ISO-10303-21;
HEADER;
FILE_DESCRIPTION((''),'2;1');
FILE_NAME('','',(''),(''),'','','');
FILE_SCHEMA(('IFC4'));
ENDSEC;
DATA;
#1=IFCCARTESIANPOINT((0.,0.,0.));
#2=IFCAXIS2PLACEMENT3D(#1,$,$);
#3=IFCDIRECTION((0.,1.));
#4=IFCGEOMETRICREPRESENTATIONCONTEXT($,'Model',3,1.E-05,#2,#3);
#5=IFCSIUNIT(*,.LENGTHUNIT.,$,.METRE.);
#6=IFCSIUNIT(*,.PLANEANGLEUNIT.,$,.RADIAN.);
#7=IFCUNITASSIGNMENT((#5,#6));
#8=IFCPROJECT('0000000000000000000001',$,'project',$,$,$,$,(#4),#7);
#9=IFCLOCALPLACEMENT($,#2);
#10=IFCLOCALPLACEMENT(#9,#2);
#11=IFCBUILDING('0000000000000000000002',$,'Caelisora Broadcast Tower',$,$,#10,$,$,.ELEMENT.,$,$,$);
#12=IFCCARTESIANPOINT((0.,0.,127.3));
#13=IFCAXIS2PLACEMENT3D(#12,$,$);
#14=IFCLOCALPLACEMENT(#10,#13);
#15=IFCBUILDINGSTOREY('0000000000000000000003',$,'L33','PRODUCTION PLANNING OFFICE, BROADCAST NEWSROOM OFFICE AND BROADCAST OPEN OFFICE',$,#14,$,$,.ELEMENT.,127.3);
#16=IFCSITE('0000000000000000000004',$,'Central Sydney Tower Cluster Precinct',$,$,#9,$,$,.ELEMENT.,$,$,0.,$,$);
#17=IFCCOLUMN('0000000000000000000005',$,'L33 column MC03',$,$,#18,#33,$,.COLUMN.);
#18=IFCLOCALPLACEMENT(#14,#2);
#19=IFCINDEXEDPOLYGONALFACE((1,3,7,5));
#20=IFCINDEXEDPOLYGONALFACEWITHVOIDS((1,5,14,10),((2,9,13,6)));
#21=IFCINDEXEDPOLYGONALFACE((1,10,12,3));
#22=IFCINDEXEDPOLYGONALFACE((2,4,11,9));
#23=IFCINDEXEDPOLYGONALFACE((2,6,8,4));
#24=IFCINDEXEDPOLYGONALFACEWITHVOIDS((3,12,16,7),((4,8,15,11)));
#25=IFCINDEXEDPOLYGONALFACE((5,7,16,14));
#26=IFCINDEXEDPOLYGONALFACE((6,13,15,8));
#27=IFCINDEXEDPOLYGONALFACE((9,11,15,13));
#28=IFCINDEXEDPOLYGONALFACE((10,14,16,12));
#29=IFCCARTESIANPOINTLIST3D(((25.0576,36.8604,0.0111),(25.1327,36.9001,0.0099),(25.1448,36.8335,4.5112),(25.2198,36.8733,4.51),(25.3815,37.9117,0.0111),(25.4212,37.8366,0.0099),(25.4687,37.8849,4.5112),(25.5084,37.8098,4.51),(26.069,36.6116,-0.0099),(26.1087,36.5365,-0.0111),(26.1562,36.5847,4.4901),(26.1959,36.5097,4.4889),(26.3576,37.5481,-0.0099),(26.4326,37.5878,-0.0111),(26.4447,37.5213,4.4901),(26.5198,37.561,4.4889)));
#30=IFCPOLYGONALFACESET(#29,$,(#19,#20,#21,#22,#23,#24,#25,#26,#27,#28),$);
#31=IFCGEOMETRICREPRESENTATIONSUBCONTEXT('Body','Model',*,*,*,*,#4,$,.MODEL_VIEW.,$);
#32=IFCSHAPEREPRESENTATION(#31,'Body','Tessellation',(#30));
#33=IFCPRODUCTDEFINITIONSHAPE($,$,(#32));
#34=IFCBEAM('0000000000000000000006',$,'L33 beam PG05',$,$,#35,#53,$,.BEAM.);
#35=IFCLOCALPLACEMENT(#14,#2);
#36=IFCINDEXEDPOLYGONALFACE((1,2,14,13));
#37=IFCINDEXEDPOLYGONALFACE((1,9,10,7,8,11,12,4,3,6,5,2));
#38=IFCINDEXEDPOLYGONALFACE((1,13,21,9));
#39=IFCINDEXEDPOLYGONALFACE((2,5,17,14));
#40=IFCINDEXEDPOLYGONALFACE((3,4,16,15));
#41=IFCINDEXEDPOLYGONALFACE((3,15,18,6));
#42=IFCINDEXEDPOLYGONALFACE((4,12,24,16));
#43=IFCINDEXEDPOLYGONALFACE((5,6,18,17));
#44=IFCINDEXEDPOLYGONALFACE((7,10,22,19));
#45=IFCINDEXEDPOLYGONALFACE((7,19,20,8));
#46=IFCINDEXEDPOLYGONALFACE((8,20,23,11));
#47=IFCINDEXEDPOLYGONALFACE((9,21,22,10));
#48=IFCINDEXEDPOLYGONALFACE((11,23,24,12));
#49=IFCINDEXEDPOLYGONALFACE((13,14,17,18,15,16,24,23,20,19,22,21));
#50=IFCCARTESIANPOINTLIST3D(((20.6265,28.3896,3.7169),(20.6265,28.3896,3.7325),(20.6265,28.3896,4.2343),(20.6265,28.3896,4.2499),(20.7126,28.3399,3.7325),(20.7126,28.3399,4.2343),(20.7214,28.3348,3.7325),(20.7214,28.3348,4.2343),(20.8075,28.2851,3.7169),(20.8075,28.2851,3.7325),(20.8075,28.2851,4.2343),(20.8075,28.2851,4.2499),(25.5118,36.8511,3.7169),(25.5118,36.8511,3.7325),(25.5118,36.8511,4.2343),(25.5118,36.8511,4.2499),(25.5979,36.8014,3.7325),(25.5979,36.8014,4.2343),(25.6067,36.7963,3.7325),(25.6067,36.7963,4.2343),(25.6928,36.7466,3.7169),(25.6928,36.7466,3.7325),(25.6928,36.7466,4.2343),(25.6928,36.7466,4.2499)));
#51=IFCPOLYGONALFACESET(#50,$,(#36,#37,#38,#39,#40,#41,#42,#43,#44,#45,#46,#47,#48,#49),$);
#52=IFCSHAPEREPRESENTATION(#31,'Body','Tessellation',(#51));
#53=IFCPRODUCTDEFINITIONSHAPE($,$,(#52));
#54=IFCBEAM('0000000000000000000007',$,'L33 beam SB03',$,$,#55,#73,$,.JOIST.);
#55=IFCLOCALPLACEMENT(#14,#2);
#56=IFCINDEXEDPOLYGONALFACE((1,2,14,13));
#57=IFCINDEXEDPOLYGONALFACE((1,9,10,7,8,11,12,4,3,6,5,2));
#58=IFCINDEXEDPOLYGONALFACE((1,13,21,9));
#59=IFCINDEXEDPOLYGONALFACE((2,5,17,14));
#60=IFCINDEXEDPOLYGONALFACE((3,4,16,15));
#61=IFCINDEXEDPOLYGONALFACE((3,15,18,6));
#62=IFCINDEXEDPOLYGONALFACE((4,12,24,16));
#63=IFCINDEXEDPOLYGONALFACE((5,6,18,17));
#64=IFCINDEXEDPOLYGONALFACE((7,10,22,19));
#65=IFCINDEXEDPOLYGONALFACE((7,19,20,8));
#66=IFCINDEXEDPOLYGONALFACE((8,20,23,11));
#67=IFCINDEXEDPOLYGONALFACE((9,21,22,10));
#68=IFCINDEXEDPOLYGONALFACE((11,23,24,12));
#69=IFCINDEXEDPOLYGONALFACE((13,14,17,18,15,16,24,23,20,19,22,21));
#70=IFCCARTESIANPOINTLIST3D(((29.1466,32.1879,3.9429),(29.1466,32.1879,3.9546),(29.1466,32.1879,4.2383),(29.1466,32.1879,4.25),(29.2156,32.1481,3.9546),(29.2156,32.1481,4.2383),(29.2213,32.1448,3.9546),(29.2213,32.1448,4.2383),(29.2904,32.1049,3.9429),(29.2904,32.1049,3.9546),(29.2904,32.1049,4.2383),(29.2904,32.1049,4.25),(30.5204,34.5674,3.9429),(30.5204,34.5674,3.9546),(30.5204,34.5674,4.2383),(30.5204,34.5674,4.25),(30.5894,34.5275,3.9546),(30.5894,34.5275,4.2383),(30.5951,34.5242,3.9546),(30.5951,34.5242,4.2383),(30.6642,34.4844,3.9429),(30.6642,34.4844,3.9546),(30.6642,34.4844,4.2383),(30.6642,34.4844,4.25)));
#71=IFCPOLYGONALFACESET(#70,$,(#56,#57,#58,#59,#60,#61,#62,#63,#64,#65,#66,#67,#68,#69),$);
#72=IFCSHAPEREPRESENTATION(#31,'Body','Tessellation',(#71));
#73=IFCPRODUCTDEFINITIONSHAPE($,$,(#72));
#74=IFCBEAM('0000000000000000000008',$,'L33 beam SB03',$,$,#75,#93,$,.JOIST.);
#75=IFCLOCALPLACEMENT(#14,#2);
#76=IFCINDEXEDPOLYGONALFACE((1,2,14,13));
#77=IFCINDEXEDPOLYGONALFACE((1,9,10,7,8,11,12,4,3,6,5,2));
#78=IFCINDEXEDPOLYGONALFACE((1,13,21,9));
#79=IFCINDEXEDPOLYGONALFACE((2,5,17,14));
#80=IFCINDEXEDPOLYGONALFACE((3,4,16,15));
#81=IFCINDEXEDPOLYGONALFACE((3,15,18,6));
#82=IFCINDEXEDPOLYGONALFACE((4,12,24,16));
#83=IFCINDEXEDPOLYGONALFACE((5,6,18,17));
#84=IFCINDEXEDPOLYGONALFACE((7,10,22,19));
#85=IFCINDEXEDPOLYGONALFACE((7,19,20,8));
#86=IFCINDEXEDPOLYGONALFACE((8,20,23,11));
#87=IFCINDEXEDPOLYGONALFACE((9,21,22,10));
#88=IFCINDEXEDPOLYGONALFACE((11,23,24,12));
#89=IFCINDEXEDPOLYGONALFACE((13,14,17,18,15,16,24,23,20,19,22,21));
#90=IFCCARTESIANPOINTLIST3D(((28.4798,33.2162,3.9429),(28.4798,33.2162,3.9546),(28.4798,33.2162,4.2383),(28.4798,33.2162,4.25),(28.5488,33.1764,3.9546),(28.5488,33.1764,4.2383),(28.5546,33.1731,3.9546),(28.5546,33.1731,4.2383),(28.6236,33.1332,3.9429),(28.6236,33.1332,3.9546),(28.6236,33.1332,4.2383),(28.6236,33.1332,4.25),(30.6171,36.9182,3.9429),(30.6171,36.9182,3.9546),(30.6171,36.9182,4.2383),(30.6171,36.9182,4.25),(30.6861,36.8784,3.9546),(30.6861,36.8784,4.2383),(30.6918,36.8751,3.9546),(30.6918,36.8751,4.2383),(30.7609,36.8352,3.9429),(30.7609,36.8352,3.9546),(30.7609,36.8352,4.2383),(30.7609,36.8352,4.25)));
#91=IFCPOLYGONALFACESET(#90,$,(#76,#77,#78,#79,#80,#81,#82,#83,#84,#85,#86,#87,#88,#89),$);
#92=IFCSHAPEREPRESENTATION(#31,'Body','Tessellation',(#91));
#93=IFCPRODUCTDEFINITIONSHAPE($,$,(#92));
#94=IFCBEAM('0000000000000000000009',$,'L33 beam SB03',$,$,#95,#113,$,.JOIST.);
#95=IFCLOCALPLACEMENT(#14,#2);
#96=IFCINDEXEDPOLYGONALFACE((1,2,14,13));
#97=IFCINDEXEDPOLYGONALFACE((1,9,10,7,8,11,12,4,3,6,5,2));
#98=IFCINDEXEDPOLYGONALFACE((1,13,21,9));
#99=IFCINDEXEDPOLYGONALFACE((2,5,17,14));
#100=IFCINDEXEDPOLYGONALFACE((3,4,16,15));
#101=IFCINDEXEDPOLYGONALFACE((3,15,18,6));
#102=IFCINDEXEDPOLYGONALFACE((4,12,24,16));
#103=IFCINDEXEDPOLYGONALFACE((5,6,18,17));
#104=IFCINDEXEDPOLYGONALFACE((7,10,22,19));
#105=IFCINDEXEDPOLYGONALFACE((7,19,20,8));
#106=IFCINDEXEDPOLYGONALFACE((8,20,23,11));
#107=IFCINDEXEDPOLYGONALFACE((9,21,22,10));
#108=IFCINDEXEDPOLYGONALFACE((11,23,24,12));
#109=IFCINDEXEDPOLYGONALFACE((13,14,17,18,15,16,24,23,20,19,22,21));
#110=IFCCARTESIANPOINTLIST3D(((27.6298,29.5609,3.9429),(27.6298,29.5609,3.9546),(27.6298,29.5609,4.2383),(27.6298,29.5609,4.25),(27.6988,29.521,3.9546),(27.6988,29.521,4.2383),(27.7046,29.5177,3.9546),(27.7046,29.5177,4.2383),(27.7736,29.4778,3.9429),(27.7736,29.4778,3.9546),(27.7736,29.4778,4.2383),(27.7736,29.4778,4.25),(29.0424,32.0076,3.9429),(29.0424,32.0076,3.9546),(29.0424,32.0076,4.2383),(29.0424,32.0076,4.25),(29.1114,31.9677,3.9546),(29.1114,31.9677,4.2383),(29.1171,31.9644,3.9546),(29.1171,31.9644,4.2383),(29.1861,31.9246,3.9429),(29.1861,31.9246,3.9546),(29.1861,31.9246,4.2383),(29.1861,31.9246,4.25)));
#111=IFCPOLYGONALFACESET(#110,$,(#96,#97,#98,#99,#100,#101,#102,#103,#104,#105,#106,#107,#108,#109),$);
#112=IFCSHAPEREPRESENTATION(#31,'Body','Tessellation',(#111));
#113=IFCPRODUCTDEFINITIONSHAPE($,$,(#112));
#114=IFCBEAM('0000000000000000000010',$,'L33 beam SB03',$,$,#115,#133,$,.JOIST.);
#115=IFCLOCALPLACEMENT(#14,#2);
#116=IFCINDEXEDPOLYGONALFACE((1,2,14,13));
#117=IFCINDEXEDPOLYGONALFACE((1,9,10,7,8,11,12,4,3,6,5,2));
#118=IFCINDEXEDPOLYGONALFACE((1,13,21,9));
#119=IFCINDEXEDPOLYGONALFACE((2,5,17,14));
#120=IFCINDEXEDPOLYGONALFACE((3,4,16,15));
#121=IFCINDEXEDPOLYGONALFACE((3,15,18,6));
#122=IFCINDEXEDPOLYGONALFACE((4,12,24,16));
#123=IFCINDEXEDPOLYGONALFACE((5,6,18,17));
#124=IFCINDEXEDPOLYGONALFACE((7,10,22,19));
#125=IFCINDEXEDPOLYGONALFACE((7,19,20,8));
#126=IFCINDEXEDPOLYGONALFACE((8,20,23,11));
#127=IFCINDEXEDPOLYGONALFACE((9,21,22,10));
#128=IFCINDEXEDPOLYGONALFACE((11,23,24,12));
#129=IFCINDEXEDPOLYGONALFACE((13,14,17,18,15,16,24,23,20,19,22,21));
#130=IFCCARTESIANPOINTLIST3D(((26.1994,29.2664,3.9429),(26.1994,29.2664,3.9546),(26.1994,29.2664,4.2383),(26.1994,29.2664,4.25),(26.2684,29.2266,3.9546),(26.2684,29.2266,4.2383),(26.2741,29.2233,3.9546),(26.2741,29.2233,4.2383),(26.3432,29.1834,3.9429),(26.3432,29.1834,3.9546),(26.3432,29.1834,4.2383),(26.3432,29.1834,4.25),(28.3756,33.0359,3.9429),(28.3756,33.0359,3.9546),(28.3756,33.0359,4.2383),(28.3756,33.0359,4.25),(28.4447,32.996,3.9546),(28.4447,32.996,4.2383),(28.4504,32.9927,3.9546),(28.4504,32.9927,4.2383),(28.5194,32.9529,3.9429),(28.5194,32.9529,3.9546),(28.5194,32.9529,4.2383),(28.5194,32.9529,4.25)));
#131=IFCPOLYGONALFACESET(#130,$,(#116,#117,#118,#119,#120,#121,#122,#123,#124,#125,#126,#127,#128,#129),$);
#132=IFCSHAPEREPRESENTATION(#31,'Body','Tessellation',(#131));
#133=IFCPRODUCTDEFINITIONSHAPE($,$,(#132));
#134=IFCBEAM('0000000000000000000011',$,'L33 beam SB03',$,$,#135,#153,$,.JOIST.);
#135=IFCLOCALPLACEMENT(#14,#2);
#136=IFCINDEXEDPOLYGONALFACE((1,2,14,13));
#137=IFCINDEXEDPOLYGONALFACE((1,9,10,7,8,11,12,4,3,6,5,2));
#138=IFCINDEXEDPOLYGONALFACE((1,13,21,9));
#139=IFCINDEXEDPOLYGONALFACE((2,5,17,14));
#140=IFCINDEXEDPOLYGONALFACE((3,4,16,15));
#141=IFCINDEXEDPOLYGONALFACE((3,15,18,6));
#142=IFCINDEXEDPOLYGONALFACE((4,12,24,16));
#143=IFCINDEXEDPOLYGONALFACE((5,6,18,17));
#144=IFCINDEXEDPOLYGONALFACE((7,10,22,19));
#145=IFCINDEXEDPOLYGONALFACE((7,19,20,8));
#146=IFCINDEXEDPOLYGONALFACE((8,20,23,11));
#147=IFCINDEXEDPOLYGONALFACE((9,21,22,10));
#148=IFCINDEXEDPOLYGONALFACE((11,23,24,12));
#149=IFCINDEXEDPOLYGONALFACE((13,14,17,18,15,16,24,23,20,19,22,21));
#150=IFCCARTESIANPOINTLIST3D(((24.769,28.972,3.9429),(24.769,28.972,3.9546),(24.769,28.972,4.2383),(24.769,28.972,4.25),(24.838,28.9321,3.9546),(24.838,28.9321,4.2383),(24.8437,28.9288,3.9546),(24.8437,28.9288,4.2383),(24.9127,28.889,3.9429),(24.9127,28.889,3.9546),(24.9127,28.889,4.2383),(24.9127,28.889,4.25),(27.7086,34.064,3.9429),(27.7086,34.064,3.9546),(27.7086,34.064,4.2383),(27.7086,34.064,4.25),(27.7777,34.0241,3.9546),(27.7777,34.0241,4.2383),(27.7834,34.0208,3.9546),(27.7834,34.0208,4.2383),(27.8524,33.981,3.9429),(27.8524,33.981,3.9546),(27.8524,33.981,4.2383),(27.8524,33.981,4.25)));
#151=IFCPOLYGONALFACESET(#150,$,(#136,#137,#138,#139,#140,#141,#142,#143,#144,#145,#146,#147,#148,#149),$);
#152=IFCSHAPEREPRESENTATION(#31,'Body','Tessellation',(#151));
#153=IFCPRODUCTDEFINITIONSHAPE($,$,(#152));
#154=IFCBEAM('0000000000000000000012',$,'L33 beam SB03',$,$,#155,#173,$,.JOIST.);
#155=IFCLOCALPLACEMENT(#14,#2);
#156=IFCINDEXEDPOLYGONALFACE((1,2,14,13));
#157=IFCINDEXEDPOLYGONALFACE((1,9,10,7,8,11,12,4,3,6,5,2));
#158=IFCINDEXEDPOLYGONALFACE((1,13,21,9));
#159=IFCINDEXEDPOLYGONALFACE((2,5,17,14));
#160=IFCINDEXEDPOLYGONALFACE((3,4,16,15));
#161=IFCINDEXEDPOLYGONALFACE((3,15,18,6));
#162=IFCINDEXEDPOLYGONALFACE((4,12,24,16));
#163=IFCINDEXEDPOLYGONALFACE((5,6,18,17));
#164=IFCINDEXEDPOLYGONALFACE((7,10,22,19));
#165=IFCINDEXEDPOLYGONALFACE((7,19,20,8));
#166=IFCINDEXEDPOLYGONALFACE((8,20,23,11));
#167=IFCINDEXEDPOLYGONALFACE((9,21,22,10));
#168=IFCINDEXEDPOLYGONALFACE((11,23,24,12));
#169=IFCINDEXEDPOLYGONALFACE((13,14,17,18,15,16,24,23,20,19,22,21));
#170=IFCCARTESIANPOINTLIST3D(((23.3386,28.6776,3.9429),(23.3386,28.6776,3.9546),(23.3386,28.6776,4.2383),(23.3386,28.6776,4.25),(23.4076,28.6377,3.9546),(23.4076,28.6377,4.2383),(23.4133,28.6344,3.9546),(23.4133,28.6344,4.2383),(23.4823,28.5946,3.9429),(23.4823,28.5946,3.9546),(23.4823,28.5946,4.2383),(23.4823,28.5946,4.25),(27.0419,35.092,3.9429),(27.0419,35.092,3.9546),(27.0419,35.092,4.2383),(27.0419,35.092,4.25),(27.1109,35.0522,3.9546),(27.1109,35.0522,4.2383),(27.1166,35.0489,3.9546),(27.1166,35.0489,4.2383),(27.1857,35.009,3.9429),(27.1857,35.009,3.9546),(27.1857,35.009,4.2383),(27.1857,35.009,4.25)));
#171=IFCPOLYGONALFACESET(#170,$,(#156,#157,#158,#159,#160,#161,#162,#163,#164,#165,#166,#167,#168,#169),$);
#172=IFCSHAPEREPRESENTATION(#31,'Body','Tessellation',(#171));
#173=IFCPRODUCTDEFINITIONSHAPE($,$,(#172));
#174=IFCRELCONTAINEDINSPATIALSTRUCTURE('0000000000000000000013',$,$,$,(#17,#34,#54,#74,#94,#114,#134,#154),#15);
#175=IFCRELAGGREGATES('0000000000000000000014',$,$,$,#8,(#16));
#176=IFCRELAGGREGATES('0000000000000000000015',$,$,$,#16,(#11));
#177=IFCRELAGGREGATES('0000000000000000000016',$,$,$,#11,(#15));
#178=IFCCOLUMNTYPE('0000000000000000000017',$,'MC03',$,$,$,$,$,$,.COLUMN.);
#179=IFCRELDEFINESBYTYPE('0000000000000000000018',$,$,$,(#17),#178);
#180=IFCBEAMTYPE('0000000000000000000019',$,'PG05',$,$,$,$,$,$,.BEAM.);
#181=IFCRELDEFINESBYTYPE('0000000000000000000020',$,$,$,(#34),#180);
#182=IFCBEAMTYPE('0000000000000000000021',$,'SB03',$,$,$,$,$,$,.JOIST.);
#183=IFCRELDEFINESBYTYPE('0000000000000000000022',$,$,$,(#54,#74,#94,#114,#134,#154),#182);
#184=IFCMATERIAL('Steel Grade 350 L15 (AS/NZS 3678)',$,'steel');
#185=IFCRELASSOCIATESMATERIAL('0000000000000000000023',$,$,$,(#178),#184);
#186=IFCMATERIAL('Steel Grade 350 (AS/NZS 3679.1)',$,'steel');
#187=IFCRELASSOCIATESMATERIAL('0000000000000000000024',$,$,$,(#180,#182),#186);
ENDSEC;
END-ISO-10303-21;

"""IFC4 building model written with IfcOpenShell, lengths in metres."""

from ifc_helpers import new_model, si_unit, direction, frame, origin, origin_2d, place, context, subcontext, project, spatial, hollow_rectangle, i_section, extrude, source, transform, mapped, material, material_profile, profile_set, type_object, type_shapes, element, save


model = new_model("IFC4")

# Units and contexts
model_context = context("Model", 3, precision=1e-05, world=origin(), true_north=direction((0.0, 1.0)))
body_context = subcontext(model_context, "Body", "Model", "MODEL_VIEW")
ifc_project = project(units=[si_unit("LENGTHUNIT", "METRE"), si_unit("PLANEANGLEUNIT", "RADIAN")], contexts=[model_context])

# Site, building, storey
site_placement = place(None, origin())
site = spatial("IfcSite", under=ifc_project, at=site_placement, Name="Central Sydney Tower Cluster Precinct", CompositionType="ELEMENT", RefElevation=0.0)
building_placement = place(site_placement, origin())
building = spatial("IfcBuilding", under=site, at=building_placement, Name="Caelisora Broadcast Tower", CompositionType="ELEMENT")
storey_placement = place(building_placement, frame((0.0, 0.0, 127.3)))
storey = spatial("IfcBuildingStorey", under=building, at=storey_placement, Name="L33", Description="PRODUCTION PLANNING OFFICE, BROADCAST NEWSROOM OFFICE AND BROADCAST OPEN OFFICE", CompositionType="ELEMENT", Elevation=127.3)

# Column
ifc_material_1 = material(Name="Steel Grade 350 L15 (AS/NZS 3678)", Category="steel")
ifc_material_profile_1 = material_profile(ifc_material_1, hollow_rectangle(XDim=1.1001, YDim=1.1001, WallThickness=0.0601, at=origin_2d()), Name="Steel Grade 350 L15 (AS/NZS 3678)")
ifc_profile_set_1 = profile_set([ifc_material_profile_1], Name="Steel Grade 350 L15 (AS/NZS 3678)")
column_type = type_object("IfcColumnType", Name="MC03", PredefinedType="COLUMN", material=ifc_profile_set_1)
shared_shape_1 = source(origin(), body_context, "Body", "SweptSolid", [
    extrude(hollow_rectangle(XDim=1.1001, YDim=1.1001, WallThickness=0.0601, at=origin_2d()), origin(), (0.0, 0.0, 1.0), 4.501),
])
type_shapes(column_type, [shared_shape_1])
column_placement = place(storey_placement, frame((25.7451, 37.2241, 0.0), z_axis=(0.019365, -0.005967, 0.999795), x_axis=(0.294462, 0.955663, 0.0)))
element("IfcColumn", 1, at=column_placement, inside=storey, type_object=column_type, Name="L33 column MC03", PredefinedType="COLUMN", context=body_context, shape_type="MappedRepresentation", body=[
    mapped(shared_shape_1, transform((0.0, 0.0, 0.0), scale=1.0)),
])

# Beams
ifc_material_2 = material(Name="Steel Grade 350 (AS/NZS 3679.1)", Category="steel")
ifc_material_profile_2 = material_profile(ifc_material_2, i_section(OverallWidth=0.209, OverallDepth=0.533, WebThickness=0.0103, FlangeThickness=0.0156, at=origin_2d()), Name="Steel Grade 350 (AS/NZS 3679.1)")
ifc_profile_set_2 = profile_set([ifc_material_profile_2], Name="Steel Grade 350 (AS/NZS 3679.1)")
beam_type_1 = type_object("IfcBeamType", Name="PG05", PredefinedType="BEAM", material=ifc_profile_set_2)
shared_shape_2 = source(origin(), body_context, "Body", "SweptSolid", [
    extrude(i_section(OverallWidth=0.209, OverallDepth=0.533, WebThickness=0.0103, FlangeThickness=0.0156, at=origin_2d()), origin(), (0.0, 0.0, 1.0), 9.7705),
])
type_shapes(beam_type_1, [shared_shape_2])
beam_1_placement = place(storey_placement, frame((25.6023, 36.7988, 3.9834), z_axis=(-0.500004, -0.866023, 0.0), x_axis=(0.866023, -0.500004, 0.0)))
element("IfcBeam", 2, at=beam_1_placement, inside=storey, type_object=beam_type_1, Name="L33 beam PG05", PredefinedType="BEAM", context=body_context, shape_type="MappedRepresentation", body=[
    mapped(shared_shape_2, transform((0.0, 0.0, 0.0), scale=1.0)),
])
ifc_material_profile_3 = material_profile(ifc_material_2, i_section(OverallWidth=0.166, OverallDepth=0.3071, WebThickness=0.0066, FlangeThickness=0.0117, at=origin_2d()), Name="Steel Grade 350 (AS/NZS 3679.1)")
ifc_profile_set_3 = profile_set([ifc_material_profile_3], Name="Steel Grade 350 (AS/NZS 3679.1)")
beam_type_2 = type_object("IfcBeamType", Name="SB03", PredefinedType="JOIST", material=ifc_profile_set_3)
shared_shape_3 = source(origin(), body_context, "Body", "SweptSolid", [
    extrude(i_section(OverallWidth=0.166, OverallDepth=0.3071, WebThickness=0.0066, FlangeThickness=0.0117, at=origin_2d()), origin(), (0.0, 0.0, 1.0), 2.7476),
])
beam_2_placement = place(storey_placement, frame((30.5923, 34.5259, 4.0964), z_axis=(-0.50001, -0.86602, 0.0), x_axis=(0.86602, -0.50001, 0.0)))
element("IfcBeam", 3, at=beam_2_placement, inside=storey, type_object=beam_type_2, Name="L33 beam SB03", PredefinedType="JOIST", context=body_context, shape_type="MappedRepresentation", body=[
    mapped(shared_shape_3, transform((0.0, 0.0, 0.0), scale=1.0)),
])
shared_shape_4 = source(origin(), body_context, "Body", "SweptSolid", [
    extrude(i_section(OverallWidth=0.166, OverallDepth=0.3071, WebThickness=0.0066, FlangeThickness=0.0117, at=origin_2d()), origin(), (0.0, 0.0, 1.0), 4.2747),
])
beam_3_placement = place(storey_placement, frame((30.689, 36.8767, 4.0964), z_axis=(-0.499984, -0.866034, 0.0), x_axis=(0.866034, -0.499984, 0.0)))
element("IfcBeam", 4, at=beam_3_placement, inside=storey, type_object=beam_type_2, Name="L33 beam SB03", PredefinedType="JOIST", context=body_context, shape_type="MappedRepresentation", body=[
    mapped(shared_shape_4, transform((0.0, 0.0, 0.0), scale=1.0)),
])
shared_shape_5 = source(origin(), body_context, "Body", "SweptSolid", [
    extrude(i_section(OverallWidth=0.166, OverallDepth=0.3071, WebThickness=0.0066, FlangeThickness=0.0117, at=origin_2d()), origin(), (0.0, 0.0, 1.0), 2.8252),
])
beam_4_placement = place(storey_placement, frame((29.1143, 31.9661, 4.0964), z_axis=(-0.499987, -0.866033, 0.0), x_axis=(0.866033, -0.499987, 0.0)))
element("IfcBeam", 5, at=beam_4_placement, inside=storey, type_object=beam_type_2, Name="L33 beam SB03", PredefinedType="JOIST", context=body_context, shape_type="MappedRepresentation", body=[
    mapped(shared_shape_5, transform((0.0, 0.0, 0.0), scale=1.0)),
])
shared_shape_6 = source(origin(), body_context, "Body", "SweptSolid", [
    extrude(i_section(OverallWidth=0.166, OverallDepth=0.3071, WebThickness=0.0066, FlangeThickness=0.0117, at=origin_2d()), origin(), (0.0, 0.0, 1.0), 4.3525),
])
beam_5_placement = place(storey_placement, frame((28.4475, 32.9944, 4.0964), z_axis=(-0.499988, -0.866032, 0.0), x_axis=(0.866032, -0.499988, 0.0)))
element("IfcBeam", 6, at=beam_5_placement, inside=storey, type_object=beam_type_2, Name="L33 beam SB03", PredefinedType="JOIST", context=body_context, shape_type="MappedRepresentation", body=[
    mapped(shared_shape_6, transform((0.0, 0.0, 0.0), scale=1.0)),
])
shared_shape_7 = source(origin(), body_context, "Body", "SweptSolid", [
    extrude(i_section(OverallWidth=0.166, OverallDepth=0.3071, WebThickness=0.0066, FlangeThickness=0.0117, at=origin_2d()), origin(), (0.0, 0.0, 1.0), 5.8796),
])
beam_6_placement = place(storey_placement, frame((27.7805, 34.0225, 4.0964), z_axis=(-0.499975, -0.86604, 0.0), x_axis=(0.86604, -0.499975, 0.0)))
element("IfcBeam", 7, at=beam_6_placement, inside=storey, type_object=beam_type_2, Name="L33 beam SB03", PredefinedType="JOIST", context=body_context, shape_type="MappedRepresentation", body=[
    mapped(shared_shape_7, transform((0.0, 0.0, 0.0), scale=1.0)),
])
shared_shape_8 = source(origin(), body_context, "Body", "SweptSolid", [
    extrude(i_section(OverallWidth=0.166, OverallDepth=0.3071, WebThickness=0.0066, FlangeThickness=0.0117, at=origin_2d()), origin(), (0.0, 0.0, 1.0), 7.4067),
])
beam_7_placement = place(storey_placement, frame((27.1138, 35.0505, 4.0964), z_axis=(-0.499993, -0.86603, 0.0), x_axis=(0.86603, -0.499993, 0.0)))
element("IfcBeam", 8, at=beam_7_placement, inside=storey, type_object=beam_type_2, Name="L33 beam SB03", PredefinedType="JOIST", context=body_context, shape_type="MappedRepresentation", body=[
    mapped(shared_shape_8, transform((0.0, 0.0, 0.0), scale=1.0)),
])

save(model, "model.ifc")
